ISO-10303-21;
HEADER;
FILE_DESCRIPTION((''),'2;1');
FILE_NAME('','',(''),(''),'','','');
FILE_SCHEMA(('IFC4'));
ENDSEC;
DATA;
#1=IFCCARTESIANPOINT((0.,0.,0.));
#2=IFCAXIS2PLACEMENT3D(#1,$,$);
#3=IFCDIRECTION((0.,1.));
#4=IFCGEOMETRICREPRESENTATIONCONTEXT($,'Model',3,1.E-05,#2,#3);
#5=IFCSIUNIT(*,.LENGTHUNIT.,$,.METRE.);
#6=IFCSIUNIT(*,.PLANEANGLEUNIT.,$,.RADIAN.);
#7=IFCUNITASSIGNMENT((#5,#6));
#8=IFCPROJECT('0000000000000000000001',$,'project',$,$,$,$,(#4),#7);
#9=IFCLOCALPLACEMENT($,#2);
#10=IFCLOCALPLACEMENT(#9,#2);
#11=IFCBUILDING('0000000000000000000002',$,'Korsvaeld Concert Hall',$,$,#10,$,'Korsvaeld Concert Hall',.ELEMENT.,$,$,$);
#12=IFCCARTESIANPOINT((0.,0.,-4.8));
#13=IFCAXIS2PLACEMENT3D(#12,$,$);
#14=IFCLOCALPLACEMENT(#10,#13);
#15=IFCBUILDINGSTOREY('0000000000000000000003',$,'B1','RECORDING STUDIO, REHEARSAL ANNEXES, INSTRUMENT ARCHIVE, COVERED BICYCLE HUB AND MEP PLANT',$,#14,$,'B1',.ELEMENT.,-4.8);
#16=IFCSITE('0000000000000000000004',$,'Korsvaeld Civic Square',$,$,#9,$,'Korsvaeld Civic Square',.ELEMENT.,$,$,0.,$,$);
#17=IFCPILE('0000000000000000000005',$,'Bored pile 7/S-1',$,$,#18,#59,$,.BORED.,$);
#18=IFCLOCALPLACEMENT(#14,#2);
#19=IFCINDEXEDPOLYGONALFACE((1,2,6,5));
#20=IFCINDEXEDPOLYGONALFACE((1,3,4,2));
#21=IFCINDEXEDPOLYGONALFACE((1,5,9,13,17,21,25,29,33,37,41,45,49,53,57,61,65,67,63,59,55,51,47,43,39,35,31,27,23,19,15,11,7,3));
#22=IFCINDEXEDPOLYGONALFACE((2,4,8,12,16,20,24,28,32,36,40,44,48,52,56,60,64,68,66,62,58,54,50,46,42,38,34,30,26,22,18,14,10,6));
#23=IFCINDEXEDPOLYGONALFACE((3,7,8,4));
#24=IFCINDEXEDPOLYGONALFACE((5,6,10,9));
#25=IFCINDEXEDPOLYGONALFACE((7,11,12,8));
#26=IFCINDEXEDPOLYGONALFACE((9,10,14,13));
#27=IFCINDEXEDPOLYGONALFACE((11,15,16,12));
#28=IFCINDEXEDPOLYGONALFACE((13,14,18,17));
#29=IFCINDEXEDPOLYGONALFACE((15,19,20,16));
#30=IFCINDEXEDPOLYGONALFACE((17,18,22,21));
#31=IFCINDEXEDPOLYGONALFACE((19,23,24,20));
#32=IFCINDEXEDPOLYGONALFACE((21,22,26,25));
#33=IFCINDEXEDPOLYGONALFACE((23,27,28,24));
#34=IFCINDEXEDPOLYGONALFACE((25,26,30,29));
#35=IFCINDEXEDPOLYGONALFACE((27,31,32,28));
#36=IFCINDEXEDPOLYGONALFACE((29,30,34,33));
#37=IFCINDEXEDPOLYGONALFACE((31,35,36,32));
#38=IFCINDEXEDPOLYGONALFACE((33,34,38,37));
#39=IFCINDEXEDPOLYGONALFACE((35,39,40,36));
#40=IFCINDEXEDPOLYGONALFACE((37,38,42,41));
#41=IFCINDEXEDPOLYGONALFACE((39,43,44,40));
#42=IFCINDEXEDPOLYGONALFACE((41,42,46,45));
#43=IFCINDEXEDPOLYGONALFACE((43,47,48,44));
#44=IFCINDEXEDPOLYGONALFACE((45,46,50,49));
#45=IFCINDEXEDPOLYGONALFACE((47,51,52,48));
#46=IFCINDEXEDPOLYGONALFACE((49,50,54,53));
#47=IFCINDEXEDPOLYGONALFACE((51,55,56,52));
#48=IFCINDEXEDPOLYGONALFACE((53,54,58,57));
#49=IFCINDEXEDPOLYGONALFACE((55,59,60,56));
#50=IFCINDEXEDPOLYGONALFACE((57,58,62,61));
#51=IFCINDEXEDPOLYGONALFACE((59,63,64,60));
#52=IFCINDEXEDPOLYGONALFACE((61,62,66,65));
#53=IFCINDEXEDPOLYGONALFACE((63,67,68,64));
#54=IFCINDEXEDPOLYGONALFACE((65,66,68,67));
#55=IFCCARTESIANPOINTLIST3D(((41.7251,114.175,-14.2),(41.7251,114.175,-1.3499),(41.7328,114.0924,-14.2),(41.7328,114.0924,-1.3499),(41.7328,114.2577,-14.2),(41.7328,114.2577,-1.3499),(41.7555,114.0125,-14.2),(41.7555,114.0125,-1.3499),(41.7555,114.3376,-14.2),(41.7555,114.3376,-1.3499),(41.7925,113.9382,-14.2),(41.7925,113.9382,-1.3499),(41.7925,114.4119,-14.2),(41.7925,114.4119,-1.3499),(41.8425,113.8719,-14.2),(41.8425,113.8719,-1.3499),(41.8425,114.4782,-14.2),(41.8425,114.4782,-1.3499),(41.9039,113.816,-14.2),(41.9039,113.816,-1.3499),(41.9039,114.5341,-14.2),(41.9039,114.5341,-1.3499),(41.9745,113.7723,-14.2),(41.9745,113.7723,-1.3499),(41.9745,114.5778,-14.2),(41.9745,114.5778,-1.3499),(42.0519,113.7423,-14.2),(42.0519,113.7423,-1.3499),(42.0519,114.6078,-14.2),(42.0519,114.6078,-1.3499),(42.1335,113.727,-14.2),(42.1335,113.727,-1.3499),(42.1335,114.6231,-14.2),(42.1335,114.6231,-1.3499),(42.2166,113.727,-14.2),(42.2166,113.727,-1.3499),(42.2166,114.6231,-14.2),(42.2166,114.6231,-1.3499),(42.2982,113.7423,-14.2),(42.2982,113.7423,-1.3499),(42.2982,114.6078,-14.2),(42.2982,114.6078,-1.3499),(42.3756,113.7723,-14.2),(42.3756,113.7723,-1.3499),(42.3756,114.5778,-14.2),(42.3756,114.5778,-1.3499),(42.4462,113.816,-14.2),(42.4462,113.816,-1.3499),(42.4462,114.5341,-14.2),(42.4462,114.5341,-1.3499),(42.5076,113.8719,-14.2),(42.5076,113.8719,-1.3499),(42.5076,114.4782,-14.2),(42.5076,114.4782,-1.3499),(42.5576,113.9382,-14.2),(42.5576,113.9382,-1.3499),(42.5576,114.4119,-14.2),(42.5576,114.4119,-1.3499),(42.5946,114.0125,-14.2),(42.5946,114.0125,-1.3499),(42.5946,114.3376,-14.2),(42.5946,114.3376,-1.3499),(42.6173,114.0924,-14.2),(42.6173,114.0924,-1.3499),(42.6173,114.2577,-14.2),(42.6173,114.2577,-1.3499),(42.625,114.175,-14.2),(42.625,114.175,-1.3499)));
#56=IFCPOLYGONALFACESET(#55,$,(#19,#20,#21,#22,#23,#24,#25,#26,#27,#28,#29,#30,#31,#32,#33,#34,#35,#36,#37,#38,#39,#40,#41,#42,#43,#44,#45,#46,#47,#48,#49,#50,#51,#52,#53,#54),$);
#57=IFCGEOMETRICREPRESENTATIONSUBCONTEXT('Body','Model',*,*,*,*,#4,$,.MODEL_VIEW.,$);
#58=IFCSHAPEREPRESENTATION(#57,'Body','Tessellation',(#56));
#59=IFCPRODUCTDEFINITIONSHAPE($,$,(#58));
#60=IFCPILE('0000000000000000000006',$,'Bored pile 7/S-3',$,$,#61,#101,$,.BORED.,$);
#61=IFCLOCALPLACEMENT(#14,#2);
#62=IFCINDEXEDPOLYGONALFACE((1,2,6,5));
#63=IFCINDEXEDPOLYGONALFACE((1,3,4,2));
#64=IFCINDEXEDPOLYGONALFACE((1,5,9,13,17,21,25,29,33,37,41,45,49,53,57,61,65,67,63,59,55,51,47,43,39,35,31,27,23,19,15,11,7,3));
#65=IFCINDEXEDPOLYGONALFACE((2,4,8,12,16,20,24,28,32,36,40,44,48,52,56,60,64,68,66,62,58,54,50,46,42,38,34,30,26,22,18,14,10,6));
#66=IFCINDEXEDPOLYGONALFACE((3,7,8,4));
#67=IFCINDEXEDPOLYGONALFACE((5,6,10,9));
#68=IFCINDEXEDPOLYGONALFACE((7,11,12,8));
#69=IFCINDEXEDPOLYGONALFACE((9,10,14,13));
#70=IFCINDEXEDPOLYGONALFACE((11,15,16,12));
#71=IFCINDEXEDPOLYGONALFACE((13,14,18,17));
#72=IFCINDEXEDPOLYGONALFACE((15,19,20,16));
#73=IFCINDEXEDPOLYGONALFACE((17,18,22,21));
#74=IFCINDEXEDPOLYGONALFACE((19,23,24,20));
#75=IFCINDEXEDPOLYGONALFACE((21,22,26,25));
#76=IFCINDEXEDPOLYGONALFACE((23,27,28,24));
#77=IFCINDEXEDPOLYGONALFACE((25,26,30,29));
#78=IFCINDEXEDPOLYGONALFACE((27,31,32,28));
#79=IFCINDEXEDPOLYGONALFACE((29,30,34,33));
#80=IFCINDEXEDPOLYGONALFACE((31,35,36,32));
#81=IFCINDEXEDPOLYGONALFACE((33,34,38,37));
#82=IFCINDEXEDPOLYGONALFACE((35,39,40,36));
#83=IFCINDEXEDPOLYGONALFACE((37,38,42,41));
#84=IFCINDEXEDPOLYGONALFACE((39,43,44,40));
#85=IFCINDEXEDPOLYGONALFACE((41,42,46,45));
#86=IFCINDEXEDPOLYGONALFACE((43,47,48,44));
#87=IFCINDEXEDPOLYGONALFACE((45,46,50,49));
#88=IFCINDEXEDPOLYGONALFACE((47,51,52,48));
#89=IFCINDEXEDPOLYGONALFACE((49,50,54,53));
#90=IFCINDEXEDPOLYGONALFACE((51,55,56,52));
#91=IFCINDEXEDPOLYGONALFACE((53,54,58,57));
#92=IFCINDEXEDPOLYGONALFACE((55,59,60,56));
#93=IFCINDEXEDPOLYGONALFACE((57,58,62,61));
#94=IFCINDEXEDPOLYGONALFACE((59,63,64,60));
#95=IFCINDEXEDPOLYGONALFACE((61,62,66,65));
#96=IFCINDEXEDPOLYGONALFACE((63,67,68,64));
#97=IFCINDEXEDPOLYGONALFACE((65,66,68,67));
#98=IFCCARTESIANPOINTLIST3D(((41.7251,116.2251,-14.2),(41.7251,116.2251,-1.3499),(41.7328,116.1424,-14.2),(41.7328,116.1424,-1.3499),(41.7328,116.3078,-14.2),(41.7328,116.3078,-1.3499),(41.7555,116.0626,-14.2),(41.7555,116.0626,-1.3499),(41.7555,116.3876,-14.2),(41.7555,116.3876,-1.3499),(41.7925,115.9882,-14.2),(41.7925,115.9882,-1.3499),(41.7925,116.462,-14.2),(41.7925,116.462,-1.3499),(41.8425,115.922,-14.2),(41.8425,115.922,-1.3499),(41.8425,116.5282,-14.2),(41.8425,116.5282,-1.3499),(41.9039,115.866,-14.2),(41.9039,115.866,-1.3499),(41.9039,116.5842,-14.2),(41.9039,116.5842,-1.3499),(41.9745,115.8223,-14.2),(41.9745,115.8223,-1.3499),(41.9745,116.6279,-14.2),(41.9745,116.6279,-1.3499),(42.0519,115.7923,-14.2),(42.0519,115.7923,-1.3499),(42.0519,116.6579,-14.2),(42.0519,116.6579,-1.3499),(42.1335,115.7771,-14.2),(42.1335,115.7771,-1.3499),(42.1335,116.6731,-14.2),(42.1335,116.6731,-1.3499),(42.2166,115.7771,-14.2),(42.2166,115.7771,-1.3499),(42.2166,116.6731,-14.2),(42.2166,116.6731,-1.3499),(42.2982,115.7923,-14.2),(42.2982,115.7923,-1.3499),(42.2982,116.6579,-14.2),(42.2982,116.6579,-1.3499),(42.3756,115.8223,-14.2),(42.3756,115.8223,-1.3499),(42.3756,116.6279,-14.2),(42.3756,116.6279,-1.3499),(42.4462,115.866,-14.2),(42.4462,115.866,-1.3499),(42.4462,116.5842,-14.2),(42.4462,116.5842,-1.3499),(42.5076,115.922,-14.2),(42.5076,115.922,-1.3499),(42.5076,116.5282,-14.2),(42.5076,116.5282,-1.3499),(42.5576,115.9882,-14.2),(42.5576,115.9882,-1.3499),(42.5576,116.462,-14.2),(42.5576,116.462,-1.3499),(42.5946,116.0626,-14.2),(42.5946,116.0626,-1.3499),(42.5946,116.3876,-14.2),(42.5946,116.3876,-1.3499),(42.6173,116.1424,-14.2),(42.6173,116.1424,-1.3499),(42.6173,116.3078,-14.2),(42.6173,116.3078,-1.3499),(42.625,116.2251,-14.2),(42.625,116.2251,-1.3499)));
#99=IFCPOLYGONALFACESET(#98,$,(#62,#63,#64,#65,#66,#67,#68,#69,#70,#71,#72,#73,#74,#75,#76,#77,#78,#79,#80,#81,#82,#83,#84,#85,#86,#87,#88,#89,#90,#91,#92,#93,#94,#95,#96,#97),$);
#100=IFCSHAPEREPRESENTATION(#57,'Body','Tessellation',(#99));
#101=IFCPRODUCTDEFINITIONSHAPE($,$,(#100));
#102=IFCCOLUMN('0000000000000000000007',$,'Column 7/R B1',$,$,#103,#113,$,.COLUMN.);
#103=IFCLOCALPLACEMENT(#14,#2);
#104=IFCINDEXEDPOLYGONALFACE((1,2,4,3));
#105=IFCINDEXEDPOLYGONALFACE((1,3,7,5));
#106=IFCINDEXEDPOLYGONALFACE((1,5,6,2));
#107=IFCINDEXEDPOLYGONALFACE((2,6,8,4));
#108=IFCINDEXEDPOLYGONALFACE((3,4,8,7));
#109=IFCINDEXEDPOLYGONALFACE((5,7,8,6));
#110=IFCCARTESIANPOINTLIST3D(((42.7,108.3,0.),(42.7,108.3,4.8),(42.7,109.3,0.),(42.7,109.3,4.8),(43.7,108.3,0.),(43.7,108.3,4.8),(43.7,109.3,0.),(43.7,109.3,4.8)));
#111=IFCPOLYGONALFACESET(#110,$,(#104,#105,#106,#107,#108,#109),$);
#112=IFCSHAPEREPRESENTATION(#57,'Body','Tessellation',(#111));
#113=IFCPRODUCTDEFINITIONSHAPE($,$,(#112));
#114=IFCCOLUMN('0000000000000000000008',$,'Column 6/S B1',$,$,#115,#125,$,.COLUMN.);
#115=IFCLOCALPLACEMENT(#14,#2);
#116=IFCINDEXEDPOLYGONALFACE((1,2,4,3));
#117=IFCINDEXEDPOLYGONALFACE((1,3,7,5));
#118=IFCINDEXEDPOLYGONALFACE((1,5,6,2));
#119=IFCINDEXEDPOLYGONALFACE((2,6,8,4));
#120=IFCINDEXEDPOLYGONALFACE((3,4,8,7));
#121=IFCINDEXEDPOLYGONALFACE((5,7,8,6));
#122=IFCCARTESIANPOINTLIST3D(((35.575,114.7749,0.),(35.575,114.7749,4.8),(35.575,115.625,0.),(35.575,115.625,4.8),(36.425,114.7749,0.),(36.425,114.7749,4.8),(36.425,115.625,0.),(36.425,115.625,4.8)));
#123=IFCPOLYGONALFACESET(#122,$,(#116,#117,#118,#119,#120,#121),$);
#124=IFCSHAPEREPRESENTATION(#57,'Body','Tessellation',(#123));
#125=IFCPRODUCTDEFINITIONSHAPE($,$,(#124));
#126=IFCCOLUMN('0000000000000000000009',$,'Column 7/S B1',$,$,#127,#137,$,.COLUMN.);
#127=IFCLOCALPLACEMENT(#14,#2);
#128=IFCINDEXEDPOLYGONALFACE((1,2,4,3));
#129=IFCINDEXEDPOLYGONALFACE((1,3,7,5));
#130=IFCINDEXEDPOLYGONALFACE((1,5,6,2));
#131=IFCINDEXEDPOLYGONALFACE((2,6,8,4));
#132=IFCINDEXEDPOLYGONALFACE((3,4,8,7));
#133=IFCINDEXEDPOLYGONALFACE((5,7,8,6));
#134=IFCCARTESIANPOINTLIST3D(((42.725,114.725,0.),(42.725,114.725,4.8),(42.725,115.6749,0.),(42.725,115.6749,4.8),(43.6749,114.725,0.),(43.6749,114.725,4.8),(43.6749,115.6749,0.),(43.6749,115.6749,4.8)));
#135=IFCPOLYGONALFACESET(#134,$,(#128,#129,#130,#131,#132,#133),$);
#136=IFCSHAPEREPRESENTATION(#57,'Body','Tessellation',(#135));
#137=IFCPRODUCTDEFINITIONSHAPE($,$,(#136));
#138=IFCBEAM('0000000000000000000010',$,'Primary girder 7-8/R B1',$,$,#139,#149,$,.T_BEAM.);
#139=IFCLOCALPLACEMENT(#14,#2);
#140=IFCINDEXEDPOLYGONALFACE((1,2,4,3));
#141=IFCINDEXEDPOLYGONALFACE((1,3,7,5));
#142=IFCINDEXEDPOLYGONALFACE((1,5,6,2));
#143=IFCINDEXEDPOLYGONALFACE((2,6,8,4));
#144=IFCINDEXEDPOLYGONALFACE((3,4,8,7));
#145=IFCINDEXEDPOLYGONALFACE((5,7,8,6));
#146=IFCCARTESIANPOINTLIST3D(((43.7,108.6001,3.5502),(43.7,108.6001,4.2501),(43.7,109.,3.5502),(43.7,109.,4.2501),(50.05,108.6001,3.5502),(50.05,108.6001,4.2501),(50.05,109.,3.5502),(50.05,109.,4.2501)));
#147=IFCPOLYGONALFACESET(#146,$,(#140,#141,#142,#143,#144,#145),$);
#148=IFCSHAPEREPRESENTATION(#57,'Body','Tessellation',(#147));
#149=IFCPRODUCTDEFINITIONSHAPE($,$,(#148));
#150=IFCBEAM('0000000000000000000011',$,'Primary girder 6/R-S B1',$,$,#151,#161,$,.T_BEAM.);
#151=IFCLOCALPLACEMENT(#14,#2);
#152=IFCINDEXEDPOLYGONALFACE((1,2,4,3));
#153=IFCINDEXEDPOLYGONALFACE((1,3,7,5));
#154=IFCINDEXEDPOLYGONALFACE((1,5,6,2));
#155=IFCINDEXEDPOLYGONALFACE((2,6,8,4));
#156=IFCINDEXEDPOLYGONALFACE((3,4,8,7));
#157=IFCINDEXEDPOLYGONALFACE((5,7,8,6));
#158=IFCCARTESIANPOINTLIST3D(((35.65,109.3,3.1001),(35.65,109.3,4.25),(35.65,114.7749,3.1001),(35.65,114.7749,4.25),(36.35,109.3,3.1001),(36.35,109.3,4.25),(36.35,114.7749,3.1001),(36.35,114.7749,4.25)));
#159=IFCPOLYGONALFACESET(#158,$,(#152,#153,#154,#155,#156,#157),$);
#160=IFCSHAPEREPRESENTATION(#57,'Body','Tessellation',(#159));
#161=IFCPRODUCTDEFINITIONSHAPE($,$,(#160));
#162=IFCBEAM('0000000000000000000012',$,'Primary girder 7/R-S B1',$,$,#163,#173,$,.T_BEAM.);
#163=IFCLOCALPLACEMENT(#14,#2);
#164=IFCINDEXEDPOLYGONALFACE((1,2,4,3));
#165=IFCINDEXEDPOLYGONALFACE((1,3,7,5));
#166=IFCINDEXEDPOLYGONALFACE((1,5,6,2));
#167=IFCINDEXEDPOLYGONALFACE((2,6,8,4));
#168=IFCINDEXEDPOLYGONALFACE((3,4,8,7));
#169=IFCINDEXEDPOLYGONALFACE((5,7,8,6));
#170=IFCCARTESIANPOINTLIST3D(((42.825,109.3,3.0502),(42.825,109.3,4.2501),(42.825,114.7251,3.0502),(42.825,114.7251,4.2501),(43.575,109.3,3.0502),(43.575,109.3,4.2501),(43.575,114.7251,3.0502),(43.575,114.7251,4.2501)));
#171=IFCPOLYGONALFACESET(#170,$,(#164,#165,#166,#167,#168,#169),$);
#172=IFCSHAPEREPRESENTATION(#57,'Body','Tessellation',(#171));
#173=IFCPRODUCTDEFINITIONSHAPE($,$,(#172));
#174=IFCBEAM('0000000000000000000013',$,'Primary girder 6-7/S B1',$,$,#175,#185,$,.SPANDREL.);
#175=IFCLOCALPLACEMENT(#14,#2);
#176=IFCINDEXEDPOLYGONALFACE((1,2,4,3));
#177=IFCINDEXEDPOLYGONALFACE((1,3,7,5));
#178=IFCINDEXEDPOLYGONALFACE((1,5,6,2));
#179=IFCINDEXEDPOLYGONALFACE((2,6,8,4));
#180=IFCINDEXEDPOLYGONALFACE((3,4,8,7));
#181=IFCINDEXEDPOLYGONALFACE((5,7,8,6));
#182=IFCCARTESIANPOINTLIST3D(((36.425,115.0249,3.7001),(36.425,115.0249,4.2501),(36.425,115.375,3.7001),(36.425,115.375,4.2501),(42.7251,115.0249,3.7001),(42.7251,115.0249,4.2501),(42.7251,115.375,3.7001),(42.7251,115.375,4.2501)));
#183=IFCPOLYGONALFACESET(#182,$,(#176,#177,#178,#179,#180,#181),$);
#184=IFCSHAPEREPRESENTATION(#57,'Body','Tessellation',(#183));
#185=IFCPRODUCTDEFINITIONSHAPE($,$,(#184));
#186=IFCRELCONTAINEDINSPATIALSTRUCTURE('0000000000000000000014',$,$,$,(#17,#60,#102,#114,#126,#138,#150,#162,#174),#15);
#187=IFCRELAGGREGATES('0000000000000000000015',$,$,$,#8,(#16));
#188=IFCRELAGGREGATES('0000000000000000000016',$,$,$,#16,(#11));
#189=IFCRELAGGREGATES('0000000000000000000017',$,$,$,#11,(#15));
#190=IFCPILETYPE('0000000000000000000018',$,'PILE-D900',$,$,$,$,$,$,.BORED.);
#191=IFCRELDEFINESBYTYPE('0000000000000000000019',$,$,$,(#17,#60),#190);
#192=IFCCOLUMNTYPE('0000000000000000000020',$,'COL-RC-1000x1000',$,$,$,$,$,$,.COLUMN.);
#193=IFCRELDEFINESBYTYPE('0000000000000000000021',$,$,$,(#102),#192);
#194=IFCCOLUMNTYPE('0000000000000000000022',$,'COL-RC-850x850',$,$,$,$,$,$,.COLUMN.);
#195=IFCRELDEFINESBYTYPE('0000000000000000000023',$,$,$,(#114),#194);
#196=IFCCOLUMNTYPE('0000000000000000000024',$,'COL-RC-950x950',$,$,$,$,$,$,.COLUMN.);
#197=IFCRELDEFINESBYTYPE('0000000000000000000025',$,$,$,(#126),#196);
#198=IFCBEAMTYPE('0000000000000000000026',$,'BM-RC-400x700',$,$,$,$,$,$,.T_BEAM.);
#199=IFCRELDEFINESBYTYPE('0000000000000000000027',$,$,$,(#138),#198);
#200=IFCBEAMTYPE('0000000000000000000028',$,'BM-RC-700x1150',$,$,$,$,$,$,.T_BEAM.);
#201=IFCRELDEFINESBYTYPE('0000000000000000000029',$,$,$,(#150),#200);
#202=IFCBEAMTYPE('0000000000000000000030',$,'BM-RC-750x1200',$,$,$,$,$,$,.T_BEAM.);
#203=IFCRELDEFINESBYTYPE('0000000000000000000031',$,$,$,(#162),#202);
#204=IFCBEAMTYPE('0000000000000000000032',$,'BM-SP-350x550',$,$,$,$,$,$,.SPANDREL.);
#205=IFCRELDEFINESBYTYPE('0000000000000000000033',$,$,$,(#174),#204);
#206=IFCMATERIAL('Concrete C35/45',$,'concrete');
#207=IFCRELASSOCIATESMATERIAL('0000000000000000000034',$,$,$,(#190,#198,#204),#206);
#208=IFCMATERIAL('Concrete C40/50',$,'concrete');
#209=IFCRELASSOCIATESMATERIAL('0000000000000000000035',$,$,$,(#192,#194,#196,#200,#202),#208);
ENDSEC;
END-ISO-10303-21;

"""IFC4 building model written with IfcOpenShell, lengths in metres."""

from ifc_helpers import new_model, si_unit, direction, frame, origin, origin_2d, place, context, subcontext, project, spatial, rectangle, circle, extrude, material, material_profile, profile_set, type_object, element, save


model = new_model("IFC4")

# Units and contexts
model_context = context("Model", 3, precision=1e-05, world=origin(), true_north=direction((0.0, 1.0)))
body_context = subcontext(model_context, "Body", "Model", "MODEL_VIEW")
ifc_project = project(units=[si_unit("LENGTHUNIT", "METRE"), si_unit("PLANEANGLEUNIT", "RADIAN")], contexts=[model_context])

# Site, building, storey
site_placement = place(None, origin())
site = spatial("IfcSite", under=ifc_project, at=site_placement, Name="Korsvaeld Civic Square", LongName="Korsvaeld Civic Square", CompositionType="ELEMENT", RefElevation=0.0)
building_placement = place(site_placement, origin())
building = spatial("IfcBuilding", under=site, at=building_placement, Name="Korsvaeld Concert Hall", LongName="Korsvaeld Concert Hall", CompositionType="ELEMENT")
storey_placement = place(building_placement, frame((0.0, 0.0, -4.8)))
storey = spatial("IfcBuildingStorey", under=building, at=storey_placement, Name="B1", Description="RECORDING STUDIO, REHEARSAL ANNEXES, INSTRUMENT ARCHIVE, COVERED BICYCLE HUB AND MEP PLANT", LongName="B1", CompositionType="ELEMENT", Elevation=-4.8)

# Shared definitions
ifc_material_1 = material(Name="Concrete C35/45", Category="concrete")

# Piles
ifc_material_2 = material(Name="Concrete C40/50", Category="concrete")
ifc_material_profile_1 = material_profile(ifc_material_1, circle(Radius=0.45, at=origin_2d()), Name="BORED PILE D900")
ifc_profile_set_1 = profile_set([ifc_material_profile_1], Name="Concrete C35/45")
pile_type_1 = type_object("IfcPileType", Name="PILE-D900", PredefinedType="BORED", material=ifc_profile_set_1)
for number, where, z_axis, x_axis, name in (
    (1, (42.175, 114.175, -1.3499), (0.0, 0.0, -1.0), (1.0, 0.0, 0.0), "Bored pile 7/S-1"),
    (2, (42.175, 116.2251, -1.3499), (0.0, 0.0, -1.0), (1.0, 0.0, 0.0), "Bored pile 7/S-3"),
):
    element("IfcPile", number, at=place(storey_placement, frame(where, z_axis=z_axis, x_axis=x_axis)), inside=storey, type_object=pile_type_1, Name=name, PredefinedType="BORED", context=body_context, shape_type="SweptSolid", body=[
        extrude(circle(Radius=0.45, at=origin_2d()), origin(), (0.0, 0.0, 1.0), 12.8501),
    ])

# Columns
ifc_material_profile_2 = material_profile(ifc_material_2, rectangle(XDim=1.0, YDim=1.0, at=origin_2d()), Name="RC 1000x1000")
ifc_profile_set_2 = profile_set([ifc_material_profile_2], Name="Concrete C40/50")
column_type_1 = type_object("IfcColumnType", Name="COL-RC-1000x1000", PredefinedType="COLUMN", material=ifc_profile_set_2)
column_1_placement = place(storey_placement, frame((43.2, 108.8, 0.0), z_axis=(0.0, 0.0, 1.0), x_axis=(1.0, 0.0, 0.0)))
element("IfcColumn", 3, at=column_1_placement, inside=storey, type_object=column_type_1, Name="Column 7/R B1", PredefinedType="COLUMN", context=body_context, shape_type="SweptSolid", body=[
    extrude(rectangle(XDim=1.0, YDim=1.0, at=origin_2d()), origin(), (0.0, 0.0, 1.0), 4.8),
])
ifc_material_profile_3 = material_profile(ifc_material_2, rectangle(XDim=0.8501, YDim=0.8501, at=origin_2d()), Name="RC 850x850")
ifc_profile_set_3 = profile_set([ifc_material_profile_3], Name="Concrete C40/50")
column_type_2 = type_object("IfcColumnType", Name="COL-RC-850x850", PredefinedType="COLUMN", material=ifc_profile_set_3)
column_2_placement = place(storey_placement, frame((36.0, 115.2, 0.0), z_axis=(0.0, 0.0, 1.0), x_axis=(1.0, 0.0, 0.0)))
element("IfcColumn", 4, at=column_2_placement, inside=storey, type_object=column_type_2, Name="Column 6/S B1", PredefinedType="COLUMN", context=body_context, shape_type="SweptSolid", body=[
    extrude(rectangle(XDim=0.8501, YDim=0.8501, at=origin_2d()), origin(), (0.0, 0.0, 1.0), 4.8),
])
ifc_material_profile_4 = material_profile(ifc_material_2, rectangle(XDim=0.95, YDim=0.95, at=origin_2d()), Name="RC 950x950")
ifc_profile_set_4 = profile_set([ifc_material_profile_4], Name="Concrete C40/50")
column_type_3 = type_object("IfcColumnType", Name="COL-RC-950x950", PredefinedType="COLUMN", material=ifc_profile_set_4)
column_3_placement = place(storey_placement, frame((43.2, 115.2, 0.0), z_axis=(0.0, 0.0, 1.0), x_axis=(1.0, 0.0, 0.0)))
element("IfcColumn", 5, at=column_3_placement, inside=storey, type_object=column_type_3, Name="Column 7/S B1", PredefinedType="COLUMN", context=body_context, shape_type="SweptSolid", body=[
    extrude(rectangle(XDim=0.95, YDim=0.95, at=origin_2d()), origin(), (0.0, 0.0, 1.0), 4.8),
])

# Beams
ifc_material_profile_5 = material_profile(ifc_material_1, rectangle(XDim=0.3999, YDim=0.7, at=origin_2d()), Name="RC 400x700")
ifc_profile_set_5 = profile_set([ifc_material_profile_5], Name="Concrete C35/45")
beam_type_1 = type_object("IfcBeamType", Name="BM-RC-400x700", PredefinedType="T_BEAM", material=ifc_profile_set_5)
beam_1_placement = place(storey_placement, frame((43.7, 108.8, 3.9001), z_axis=(1.0, 0.0, 0.0), x_axis=(0.0, 1.0, 0.0)))
element("IfcBeam", 6, at=beam_1_placement, inside=storey, type_object=beam_type_1, Name="Primary girder 7-8/R B1", PredefinedType="T_BEAM", context=body_context, shape_type="SweptSolid", body=[
    extrude(rectangle(XDim=0.3999, YDim=0.7, at=origin_2d()), origin(), (0.0, 0.0, 1.0), 6.3501),
])
ifc_material_profile_6 = material_profile(ifc_material_2, rectangle(XDim=0.7, YDim=1.1499, at=origin_2d()), Name="RC 700x1150")
ifc_profile_set_6 = profile_set([ifc_material_profile_6], Name="Concrete C40/50")
beam_type_2 = type_object("IfcBeamType", Name="BM-RC-700x1150", PredefinedType="T_BEAM", material=ifc_profile_set_6)
beam_2_placement = place(storey_placement, frame((36.0, 109.3, 3.675), z_axis=(0.0, 1.0, 0.0), x_axis=(-1.0, 0.0, 0.0)))
element("IfcBeam", 7, at=beam_2_placement, inside=storey, type_object=beam_type_2, Name="Primary girder 6/R-S B1", PredefinedType="T_BEAM", context=body_context, shape_type="SweptSolid", body=[
    extrude(rectangle(XDim=0.7, YDim=1.1499, at=origin_2d()), origin(), (0.0, 0.0, 1.0), 5.4749),
])
ifc_material_profile_7 = material_profile(ifc_material_2, rectangle(XDim=0.75, YDim=1.2, at=origin_2d()), Name="RC 750x1200")
ifc_profile_set_7 = profile_set([ifc_material_profile_7], Name="Concrete C40/50")
beam_type_3 = type_object("IfcBeamType", Name="BM-RC-750x1200", PredefinedType="T_BEAM", material=ifc_profile_set_7)
beam_3_placement = place(storey_placement, frame((43.2, 109.3, 3.6501), z_axis=(0.0, 1.0, 0.0), x_axis=(-1.0, 0.0, 0.0)))
element("IfcBeam", 8, at=beam_3_placement, inside=storey, type_object=beam_type_3, Name="Primary girder 7/R-S B1", PredefinedType="T_BEAM", context=body_context, shape_type="SweptSolid", body=[
    extrude(rectangle(XDim=0.75, YDim=1.2, at=origin_2d()), origin(), (0.0, 0.0, 1.0), 5.425),
])
ifc_material_profile_8 = material_profile(ifc_material_1, rectangle(XDim=0.3501, YDim=0.55, at=origin_2d()), Name="RC 350x550")
ifc_profile_set_8 = profile_set([ifc_material_profile_8], Name="Concrete C35/45")
beam_type_4 = type_object("IfcBeamType", Name="BM-SP-350x550", PredefinedType="SPANDREL", material=ifc_profile_set_8)
beam_4_placement = place(storey_placement, frame((36.425, 115.2, 3.9751), z_axis=(1.0, 0.0, 0.0), x_axis=(0.0, 1.0, 0.0)))
element("IfcBeam", 9, at=beam_4_placement, inside=storey, type_object=beam_type_4, Name="Primary girder 6-7/S B1", PredefinedType="SPANDREL", context=body_context, shape_type="SweptSolid", body=[
    extrude(rectangle(XDim=0.3501, YDim=0.55, at=origin_2d()), origin(), (0.0, 0.0, 1.0), 6.3),
])

save(model, "model.ifc")
